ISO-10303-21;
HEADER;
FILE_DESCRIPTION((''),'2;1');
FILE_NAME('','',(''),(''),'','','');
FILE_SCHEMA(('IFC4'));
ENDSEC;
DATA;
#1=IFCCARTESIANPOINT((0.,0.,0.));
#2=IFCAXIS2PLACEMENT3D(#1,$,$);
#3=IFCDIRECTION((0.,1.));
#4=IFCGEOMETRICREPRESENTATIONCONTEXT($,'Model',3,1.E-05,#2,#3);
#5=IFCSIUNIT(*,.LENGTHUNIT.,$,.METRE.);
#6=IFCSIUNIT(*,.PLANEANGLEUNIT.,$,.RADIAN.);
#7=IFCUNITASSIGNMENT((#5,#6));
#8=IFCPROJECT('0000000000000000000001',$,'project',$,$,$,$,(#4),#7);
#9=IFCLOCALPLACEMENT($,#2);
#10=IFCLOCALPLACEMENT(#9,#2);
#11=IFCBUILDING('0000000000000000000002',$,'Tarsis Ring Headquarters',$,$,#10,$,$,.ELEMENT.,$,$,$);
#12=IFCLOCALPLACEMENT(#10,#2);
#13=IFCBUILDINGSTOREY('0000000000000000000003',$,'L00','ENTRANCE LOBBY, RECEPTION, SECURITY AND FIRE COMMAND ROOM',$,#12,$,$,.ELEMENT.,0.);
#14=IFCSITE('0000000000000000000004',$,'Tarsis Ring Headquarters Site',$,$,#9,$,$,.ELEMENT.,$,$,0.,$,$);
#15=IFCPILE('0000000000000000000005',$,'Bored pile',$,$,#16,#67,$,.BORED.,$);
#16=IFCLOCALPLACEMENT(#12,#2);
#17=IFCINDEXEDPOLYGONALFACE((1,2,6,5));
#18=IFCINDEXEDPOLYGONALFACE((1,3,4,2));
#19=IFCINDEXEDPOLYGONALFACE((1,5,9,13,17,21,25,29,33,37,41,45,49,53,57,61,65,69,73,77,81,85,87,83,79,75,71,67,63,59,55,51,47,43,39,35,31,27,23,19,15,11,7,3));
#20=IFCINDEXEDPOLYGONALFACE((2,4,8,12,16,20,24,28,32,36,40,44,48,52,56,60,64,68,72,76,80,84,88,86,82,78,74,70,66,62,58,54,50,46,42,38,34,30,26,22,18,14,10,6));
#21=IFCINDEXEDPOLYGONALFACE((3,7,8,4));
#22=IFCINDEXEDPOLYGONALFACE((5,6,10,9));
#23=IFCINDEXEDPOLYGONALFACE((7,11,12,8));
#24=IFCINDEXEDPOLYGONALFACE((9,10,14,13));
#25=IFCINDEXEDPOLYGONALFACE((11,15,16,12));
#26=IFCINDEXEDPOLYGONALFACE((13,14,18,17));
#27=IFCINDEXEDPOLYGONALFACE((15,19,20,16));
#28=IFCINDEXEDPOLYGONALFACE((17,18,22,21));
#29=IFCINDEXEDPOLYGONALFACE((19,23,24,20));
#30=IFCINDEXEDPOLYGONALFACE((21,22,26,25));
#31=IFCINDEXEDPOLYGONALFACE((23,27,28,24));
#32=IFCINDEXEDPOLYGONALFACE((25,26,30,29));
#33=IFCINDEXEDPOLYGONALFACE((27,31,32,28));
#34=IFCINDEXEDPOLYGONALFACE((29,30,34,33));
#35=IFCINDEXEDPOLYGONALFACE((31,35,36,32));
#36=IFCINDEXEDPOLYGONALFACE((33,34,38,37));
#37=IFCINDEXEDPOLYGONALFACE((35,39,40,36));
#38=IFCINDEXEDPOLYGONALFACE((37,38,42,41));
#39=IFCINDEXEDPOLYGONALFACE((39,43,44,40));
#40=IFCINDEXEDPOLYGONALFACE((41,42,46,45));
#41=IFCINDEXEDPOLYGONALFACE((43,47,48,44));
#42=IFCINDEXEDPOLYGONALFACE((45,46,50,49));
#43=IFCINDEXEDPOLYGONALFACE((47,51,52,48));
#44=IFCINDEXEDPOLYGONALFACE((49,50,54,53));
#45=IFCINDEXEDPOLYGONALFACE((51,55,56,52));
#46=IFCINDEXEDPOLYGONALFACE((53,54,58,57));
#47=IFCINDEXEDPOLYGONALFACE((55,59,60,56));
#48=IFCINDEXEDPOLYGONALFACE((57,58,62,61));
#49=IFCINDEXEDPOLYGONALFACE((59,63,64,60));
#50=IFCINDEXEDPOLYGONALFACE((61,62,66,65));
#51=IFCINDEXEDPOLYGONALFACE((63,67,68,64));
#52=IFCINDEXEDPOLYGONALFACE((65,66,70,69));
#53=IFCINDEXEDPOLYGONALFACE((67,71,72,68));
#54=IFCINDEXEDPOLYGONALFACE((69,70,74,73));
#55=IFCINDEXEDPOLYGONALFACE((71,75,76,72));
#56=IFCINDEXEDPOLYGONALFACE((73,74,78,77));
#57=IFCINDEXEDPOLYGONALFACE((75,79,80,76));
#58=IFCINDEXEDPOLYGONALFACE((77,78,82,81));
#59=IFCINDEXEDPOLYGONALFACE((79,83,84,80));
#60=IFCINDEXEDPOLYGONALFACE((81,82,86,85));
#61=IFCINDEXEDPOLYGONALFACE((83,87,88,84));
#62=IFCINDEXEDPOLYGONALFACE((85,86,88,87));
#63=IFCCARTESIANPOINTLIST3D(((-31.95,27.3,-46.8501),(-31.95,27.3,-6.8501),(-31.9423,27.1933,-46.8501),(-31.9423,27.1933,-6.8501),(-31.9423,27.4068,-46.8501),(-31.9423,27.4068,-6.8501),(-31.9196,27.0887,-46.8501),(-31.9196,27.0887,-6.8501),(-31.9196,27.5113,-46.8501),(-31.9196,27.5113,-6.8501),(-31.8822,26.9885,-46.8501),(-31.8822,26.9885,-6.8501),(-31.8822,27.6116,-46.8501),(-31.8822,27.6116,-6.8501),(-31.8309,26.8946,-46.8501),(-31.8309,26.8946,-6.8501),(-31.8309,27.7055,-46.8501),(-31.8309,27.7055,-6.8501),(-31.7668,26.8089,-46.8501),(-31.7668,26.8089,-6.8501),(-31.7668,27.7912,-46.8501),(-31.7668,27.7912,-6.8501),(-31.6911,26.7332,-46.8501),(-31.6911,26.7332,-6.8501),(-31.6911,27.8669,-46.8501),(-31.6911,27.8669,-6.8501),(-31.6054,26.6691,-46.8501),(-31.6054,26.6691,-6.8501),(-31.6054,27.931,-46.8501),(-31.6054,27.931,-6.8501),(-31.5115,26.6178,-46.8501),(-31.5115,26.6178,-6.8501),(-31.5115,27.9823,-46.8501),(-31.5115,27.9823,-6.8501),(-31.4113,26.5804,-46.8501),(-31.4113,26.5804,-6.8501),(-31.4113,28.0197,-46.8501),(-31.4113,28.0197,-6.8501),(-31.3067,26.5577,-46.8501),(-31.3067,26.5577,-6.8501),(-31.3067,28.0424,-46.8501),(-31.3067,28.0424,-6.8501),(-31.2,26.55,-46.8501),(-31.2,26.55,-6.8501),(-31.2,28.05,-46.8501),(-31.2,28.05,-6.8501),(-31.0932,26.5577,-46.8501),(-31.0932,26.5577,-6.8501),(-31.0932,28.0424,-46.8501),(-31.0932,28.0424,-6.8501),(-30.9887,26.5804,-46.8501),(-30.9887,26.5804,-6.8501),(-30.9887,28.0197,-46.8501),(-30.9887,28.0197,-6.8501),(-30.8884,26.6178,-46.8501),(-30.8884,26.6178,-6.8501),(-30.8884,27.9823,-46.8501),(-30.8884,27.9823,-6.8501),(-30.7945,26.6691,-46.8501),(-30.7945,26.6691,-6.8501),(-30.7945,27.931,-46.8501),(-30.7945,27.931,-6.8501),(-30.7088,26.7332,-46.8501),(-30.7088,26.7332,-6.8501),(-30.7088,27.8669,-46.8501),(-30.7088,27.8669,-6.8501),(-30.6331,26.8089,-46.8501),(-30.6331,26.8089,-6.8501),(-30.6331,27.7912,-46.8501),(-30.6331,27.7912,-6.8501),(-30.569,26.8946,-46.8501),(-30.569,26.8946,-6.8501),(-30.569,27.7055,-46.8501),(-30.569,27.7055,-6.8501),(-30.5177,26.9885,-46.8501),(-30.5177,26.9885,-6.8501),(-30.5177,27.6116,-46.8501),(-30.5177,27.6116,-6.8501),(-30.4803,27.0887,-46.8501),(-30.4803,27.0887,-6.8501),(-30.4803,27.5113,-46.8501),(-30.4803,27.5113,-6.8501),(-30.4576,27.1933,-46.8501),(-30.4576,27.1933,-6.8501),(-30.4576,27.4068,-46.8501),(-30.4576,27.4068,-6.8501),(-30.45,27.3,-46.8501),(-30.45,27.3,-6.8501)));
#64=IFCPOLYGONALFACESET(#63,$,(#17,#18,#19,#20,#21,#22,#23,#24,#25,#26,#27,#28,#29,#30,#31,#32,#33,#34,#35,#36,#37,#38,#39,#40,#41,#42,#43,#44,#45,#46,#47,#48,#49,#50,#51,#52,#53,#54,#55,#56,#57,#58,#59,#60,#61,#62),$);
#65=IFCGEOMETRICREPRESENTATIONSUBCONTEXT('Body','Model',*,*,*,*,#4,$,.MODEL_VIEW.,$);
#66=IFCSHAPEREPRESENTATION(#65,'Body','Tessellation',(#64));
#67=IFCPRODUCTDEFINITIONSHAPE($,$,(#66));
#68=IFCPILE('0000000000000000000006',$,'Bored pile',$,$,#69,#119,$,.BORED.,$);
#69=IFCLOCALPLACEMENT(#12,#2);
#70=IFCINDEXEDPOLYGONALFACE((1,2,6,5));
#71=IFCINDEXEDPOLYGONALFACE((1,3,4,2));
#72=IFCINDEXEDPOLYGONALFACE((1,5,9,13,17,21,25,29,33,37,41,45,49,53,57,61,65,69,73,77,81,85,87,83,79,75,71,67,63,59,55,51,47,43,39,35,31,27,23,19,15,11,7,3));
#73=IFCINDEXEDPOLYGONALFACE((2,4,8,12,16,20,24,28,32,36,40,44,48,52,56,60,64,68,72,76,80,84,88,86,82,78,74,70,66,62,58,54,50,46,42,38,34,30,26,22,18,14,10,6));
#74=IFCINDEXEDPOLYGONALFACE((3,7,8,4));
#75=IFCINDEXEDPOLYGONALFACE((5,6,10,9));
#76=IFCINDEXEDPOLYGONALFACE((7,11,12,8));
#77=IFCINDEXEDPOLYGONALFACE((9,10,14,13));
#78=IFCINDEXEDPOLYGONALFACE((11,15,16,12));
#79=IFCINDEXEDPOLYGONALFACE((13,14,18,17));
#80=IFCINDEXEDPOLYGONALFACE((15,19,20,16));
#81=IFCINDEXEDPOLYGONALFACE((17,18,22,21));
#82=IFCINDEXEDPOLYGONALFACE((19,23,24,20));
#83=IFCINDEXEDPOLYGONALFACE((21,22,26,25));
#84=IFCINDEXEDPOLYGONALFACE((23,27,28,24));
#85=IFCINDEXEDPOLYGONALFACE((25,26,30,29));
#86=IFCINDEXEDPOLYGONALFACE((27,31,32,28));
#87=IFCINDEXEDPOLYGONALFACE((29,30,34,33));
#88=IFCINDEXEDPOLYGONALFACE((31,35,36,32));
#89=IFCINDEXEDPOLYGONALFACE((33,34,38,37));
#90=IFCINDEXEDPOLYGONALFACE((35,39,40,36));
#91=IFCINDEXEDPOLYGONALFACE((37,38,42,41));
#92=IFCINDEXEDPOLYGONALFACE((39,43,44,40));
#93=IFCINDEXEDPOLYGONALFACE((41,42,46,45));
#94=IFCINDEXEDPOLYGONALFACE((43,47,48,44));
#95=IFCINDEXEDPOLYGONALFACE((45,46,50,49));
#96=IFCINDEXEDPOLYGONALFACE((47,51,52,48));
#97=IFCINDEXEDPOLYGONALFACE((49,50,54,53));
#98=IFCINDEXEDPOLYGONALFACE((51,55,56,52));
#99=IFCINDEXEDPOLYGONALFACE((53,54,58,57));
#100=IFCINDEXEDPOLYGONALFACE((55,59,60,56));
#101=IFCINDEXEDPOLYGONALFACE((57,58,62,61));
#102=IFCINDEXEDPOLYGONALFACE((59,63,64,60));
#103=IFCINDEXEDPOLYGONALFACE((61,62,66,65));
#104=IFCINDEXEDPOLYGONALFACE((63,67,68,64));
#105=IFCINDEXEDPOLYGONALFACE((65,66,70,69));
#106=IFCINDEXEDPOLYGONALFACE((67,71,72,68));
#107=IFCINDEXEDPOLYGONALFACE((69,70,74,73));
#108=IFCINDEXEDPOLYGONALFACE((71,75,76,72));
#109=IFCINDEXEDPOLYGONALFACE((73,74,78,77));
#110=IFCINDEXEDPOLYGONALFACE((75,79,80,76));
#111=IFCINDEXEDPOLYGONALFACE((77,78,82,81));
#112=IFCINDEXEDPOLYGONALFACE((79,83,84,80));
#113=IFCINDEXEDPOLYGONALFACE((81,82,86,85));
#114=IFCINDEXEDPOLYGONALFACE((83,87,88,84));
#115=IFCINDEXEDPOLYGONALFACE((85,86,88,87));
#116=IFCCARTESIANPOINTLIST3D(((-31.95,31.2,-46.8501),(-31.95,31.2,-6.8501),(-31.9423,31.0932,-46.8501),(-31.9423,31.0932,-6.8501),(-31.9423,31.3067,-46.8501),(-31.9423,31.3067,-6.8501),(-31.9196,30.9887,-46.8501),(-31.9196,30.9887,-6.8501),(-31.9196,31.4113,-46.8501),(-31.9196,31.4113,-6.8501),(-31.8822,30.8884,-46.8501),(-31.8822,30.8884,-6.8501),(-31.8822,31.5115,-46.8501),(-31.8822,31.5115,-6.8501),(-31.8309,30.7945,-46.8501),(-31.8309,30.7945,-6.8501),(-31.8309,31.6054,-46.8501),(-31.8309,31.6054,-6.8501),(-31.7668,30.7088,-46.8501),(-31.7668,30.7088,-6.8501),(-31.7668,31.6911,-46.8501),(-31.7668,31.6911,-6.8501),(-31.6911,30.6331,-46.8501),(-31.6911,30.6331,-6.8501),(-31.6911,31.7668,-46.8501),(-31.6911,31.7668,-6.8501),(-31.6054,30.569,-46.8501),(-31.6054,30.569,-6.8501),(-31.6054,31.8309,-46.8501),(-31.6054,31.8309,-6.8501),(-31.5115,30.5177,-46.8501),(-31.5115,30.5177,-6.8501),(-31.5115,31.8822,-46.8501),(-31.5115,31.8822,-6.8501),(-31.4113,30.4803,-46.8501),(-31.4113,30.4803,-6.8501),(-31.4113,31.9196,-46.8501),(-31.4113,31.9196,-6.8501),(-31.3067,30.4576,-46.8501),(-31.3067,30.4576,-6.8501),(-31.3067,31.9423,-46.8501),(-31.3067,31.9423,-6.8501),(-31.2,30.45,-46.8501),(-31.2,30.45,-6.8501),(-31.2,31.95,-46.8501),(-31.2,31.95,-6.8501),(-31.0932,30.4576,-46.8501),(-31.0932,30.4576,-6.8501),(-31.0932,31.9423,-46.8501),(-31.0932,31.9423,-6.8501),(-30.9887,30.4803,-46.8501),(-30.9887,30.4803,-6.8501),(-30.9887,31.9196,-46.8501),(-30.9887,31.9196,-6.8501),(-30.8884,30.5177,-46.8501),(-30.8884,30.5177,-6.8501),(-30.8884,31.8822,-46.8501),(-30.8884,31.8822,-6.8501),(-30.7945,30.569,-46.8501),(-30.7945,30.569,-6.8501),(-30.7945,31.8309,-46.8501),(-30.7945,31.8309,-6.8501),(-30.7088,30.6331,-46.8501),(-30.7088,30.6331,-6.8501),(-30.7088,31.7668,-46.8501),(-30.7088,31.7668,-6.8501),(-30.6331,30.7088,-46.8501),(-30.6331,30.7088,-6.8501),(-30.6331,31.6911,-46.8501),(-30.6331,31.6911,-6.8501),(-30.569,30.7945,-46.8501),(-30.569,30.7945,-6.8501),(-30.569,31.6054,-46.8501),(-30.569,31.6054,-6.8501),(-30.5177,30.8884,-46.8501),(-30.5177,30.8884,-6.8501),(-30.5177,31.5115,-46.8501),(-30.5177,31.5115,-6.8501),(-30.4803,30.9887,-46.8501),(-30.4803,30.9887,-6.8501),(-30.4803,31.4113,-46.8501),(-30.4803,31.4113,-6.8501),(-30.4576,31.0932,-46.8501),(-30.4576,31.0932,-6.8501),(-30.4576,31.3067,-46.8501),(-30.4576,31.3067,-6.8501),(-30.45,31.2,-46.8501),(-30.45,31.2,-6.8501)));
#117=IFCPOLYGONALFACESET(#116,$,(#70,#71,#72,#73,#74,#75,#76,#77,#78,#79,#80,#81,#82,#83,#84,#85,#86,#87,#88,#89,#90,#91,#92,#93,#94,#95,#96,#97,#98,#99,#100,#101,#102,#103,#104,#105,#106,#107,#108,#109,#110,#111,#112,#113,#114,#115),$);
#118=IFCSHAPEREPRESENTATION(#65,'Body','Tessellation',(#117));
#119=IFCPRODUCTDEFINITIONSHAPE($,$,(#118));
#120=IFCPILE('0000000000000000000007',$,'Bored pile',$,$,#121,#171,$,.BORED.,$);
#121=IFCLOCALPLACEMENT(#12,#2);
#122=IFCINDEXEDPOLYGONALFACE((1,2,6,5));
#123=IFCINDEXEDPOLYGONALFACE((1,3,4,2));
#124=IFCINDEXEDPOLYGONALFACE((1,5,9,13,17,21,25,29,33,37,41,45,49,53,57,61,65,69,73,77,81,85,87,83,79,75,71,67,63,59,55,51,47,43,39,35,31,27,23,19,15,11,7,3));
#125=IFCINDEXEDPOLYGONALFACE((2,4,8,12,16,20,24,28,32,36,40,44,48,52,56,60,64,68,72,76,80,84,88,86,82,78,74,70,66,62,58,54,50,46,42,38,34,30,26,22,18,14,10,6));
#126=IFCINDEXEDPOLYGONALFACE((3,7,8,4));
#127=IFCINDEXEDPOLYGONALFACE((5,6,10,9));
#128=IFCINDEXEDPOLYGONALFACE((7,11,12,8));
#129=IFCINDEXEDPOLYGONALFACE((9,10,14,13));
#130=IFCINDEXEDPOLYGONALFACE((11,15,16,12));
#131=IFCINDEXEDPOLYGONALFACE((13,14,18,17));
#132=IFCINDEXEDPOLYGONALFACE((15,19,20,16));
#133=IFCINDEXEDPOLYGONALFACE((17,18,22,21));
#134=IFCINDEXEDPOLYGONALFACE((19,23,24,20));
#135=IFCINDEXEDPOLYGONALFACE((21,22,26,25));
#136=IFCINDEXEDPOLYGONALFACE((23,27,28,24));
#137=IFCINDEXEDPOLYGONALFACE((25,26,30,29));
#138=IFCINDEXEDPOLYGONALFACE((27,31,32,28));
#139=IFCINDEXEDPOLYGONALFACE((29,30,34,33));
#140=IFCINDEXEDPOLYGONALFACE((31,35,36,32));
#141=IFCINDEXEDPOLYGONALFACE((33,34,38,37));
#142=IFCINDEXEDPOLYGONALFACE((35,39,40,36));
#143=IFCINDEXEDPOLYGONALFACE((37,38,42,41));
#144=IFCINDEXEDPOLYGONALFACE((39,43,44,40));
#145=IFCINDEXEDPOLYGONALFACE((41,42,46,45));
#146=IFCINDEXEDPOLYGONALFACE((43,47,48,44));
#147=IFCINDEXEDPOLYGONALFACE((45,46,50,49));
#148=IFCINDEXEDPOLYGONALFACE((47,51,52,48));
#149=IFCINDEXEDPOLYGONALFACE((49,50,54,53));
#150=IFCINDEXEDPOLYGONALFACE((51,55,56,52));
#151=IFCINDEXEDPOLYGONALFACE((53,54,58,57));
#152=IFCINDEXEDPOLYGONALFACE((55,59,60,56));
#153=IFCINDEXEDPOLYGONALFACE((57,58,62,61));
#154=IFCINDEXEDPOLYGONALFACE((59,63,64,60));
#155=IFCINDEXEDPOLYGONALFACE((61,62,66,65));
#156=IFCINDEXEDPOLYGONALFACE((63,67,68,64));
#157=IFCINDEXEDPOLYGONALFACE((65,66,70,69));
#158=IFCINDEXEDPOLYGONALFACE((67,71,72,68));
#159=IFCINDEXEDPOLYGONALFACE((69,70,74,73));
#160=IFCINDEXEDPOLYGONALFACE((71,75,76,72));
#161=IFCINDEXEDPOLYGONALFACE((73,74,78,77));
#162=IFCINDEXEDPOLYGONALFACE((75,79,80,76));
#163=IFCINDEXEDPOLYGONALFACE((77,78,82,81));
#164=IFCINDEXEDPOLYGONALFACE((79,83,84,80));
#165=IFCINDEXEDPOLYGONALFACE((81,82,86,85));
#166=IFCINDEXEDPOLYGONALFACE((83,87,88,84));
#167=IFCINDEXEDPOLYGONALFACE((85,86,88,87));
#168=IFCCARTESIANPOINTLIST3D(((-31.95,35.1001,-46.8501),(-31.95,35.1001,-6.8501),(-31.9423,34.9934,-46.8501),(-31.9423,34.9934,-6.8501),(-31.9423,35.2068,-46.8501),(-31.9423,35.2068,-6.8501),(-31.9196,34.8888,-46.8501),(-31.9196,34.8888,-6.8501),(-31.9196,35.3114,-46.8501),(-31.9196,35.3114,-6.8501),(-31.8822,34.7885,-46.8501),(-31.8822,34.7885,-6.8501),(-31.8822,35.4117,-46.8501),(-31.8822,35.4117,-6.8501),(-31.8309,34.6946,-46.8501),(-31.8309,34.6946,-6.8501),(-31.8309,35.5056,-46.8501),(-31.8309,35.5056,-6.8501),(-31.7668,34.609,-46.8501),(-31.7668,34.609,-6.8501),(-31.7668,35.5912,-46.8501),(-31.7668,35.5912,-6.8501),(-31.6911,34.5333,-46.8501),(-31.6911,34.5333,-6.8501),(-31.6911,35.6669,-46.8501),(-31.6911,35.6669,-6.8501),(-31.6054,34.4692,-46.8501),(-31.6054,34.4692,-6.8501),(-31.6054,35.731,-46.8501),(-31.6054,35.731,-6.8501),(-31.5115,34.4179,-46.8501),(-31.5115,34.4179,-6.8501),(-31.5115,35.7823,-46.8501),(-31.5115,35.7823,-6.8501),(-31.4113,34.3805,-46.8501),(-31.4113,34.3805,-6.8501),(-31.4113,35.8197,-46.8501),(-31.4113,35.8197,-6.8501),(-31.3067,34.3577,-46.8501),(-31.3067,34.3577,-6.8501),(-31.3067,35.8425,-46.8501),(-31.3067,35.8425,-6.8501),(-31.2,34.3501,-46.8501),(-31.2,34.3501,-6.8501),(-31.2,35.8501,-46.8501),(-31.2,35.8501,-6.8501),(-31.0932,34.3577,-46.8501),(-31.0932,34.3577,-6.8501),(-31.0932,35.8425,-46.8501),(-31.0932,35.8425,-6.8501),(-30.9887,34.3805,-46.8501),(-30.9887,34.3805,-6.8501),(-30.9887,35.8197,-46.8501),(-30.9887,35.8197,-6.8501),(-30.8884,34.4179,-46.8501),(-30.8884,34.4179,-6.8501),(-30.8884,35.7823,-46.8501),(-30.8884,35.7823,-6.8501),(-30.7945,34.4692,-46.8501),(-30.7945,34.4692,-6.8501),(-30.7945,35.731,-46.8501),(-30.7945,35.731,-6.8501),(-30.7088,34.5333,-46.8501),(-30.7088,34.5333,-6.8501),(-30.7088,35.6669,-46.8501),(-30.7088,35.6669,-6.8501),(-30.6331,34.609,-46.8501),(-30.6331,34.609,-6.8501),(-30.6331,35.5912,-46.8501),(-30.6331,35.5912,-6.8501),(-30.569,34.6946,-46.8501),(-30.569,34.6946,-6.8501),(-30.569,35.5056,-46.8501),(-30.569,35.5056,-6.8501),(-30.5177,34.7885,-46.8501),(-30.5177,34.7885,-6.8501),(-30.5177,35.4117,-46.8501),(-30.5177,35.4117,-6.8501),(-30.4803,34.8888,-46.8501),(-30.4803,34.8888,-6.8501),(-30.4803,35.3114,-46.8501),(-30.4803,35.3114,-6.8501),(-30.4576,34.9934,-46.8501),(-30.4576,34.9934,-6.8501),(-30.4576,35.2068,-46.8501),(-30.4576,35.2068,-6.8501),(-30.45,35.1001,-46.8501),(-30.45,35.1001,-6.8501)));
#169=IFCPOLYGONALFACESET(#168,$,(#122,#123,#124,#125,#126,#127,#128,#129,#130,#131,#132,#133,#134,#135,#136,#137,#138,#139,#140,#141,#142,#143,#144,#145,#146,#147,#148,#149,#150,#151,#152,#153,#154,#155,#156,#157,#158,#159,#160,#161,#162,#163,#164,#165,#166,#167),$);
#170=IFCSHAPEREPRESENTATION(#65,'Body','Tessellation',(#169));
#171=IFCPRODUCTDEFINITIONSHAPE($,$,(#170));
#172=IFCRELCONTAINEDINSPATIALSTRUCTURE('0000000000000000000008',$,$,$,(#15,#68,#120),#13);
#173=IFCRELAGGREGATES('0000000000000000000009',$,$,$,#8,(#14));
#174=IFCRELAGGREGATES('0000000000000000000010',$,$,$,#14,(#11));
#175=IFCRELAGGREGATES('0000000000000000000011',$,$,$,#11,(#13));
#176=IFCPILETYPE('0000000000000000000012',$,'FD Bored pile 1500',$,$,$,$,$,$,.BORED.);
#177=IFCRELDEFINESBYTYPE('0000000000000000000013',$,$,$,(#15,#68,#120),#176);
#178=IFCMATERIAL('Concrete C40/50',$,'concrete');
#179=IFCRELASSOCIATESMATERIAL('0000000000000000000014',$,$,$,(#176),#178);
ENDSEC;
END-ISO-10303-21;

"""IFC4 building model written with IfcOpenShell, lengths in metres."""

from ifc_helpers import new_model, si_unit, direction, frame, origin, origin_2d, place, context, subcontext, project, spatial, circle, extrude, material, material_profile, profile_set, type_object, element, save


model = new_model("IFC4")

# Units and contexts
model_context = context("Model", 3, precision=1e-05, world=origin(), true_north=direction((0.0, 1.0)))
body_context = subcontext(model_context, "Body", "Model", "MODEL_VIEW")
ifc_project = project(units=[si_unit("LENGTHUNIT", "METRE"), si_unit("PLANEANGLEUNIT", "RADIAN")], contexts=[model_context])

# Site, building, storey
site_placement = place(None, origin())
site = spatial("IfcSite", under=ifc_project, at=site_placement, Name="Tarsis Ring Headquarters Site", CompositionType="ELEMENT", RefElevation=0.0)
building_placement = place(site_placement, origin())
building = spatial("IfcBuilding", under=site, at=building_placement, Name="Tarsis Ring Headquarters", CompositionType="ELEMENT")
storey_placement = place(building_placement, origin())
storey = spatial("IfcBuildingStorey", under=building, at=storey_placement, Name="L00", Description="ENTRANCE LOBBY, RECEPTION, SECURITY AND FIRE COMMAND ROOM", CompositionType="ELEMENT", Elevation=0.0)

# Piles
ifc_material_1 = material(Name="Concrete C40/50", Category="concrete")
ifc_material_profile_1 = material_profile(ifc_material_1, circle(Radius=0.75, at=origin_2d()), Name="BORED 1500")
ifc_profile_set_1 = profile_set([ifc_material_profile_1], Name="Concrete C40/50")
pile_type_1 = type_object("IfcPileType", Name="FD Bored pile 1500", PredefinedType="BORED", material=ifc_profile_set_1)
for number, where, z_axis, x_axis, name in (
    (1, (-31.2, 27.3, -6.8501), (0.0, 0.0, -1.0), (1.0, 0.0, 0.0), "Bored pile"),
    (2, (-31.2, 31.2, -6.8501), (0.0, 0.0, -1.0), (1.0, 0.0, 0.0), "Bored pile"),
    (3, (-31.2, 35.1001, -6.8501), (0.0, 0.0, -1.0), (1.0, 0.0, 0.0), "Bored pile"),
):
    element("IfcPile", number, at=place(storey_placement, frame(where, z_axis=z_axis, x_axis=x_axis)), inside=storey, type_object=pile_type_1, Name=name, PredefinedType="BORED", context=body_context, shape_type="SweptSolid", body=[
        extrude(circle(Radius=0.75, at=origin_2d()), origin(), (0.0, 0.0, 1.0), 40.0),
    ])

save(model, "model.ifc")
